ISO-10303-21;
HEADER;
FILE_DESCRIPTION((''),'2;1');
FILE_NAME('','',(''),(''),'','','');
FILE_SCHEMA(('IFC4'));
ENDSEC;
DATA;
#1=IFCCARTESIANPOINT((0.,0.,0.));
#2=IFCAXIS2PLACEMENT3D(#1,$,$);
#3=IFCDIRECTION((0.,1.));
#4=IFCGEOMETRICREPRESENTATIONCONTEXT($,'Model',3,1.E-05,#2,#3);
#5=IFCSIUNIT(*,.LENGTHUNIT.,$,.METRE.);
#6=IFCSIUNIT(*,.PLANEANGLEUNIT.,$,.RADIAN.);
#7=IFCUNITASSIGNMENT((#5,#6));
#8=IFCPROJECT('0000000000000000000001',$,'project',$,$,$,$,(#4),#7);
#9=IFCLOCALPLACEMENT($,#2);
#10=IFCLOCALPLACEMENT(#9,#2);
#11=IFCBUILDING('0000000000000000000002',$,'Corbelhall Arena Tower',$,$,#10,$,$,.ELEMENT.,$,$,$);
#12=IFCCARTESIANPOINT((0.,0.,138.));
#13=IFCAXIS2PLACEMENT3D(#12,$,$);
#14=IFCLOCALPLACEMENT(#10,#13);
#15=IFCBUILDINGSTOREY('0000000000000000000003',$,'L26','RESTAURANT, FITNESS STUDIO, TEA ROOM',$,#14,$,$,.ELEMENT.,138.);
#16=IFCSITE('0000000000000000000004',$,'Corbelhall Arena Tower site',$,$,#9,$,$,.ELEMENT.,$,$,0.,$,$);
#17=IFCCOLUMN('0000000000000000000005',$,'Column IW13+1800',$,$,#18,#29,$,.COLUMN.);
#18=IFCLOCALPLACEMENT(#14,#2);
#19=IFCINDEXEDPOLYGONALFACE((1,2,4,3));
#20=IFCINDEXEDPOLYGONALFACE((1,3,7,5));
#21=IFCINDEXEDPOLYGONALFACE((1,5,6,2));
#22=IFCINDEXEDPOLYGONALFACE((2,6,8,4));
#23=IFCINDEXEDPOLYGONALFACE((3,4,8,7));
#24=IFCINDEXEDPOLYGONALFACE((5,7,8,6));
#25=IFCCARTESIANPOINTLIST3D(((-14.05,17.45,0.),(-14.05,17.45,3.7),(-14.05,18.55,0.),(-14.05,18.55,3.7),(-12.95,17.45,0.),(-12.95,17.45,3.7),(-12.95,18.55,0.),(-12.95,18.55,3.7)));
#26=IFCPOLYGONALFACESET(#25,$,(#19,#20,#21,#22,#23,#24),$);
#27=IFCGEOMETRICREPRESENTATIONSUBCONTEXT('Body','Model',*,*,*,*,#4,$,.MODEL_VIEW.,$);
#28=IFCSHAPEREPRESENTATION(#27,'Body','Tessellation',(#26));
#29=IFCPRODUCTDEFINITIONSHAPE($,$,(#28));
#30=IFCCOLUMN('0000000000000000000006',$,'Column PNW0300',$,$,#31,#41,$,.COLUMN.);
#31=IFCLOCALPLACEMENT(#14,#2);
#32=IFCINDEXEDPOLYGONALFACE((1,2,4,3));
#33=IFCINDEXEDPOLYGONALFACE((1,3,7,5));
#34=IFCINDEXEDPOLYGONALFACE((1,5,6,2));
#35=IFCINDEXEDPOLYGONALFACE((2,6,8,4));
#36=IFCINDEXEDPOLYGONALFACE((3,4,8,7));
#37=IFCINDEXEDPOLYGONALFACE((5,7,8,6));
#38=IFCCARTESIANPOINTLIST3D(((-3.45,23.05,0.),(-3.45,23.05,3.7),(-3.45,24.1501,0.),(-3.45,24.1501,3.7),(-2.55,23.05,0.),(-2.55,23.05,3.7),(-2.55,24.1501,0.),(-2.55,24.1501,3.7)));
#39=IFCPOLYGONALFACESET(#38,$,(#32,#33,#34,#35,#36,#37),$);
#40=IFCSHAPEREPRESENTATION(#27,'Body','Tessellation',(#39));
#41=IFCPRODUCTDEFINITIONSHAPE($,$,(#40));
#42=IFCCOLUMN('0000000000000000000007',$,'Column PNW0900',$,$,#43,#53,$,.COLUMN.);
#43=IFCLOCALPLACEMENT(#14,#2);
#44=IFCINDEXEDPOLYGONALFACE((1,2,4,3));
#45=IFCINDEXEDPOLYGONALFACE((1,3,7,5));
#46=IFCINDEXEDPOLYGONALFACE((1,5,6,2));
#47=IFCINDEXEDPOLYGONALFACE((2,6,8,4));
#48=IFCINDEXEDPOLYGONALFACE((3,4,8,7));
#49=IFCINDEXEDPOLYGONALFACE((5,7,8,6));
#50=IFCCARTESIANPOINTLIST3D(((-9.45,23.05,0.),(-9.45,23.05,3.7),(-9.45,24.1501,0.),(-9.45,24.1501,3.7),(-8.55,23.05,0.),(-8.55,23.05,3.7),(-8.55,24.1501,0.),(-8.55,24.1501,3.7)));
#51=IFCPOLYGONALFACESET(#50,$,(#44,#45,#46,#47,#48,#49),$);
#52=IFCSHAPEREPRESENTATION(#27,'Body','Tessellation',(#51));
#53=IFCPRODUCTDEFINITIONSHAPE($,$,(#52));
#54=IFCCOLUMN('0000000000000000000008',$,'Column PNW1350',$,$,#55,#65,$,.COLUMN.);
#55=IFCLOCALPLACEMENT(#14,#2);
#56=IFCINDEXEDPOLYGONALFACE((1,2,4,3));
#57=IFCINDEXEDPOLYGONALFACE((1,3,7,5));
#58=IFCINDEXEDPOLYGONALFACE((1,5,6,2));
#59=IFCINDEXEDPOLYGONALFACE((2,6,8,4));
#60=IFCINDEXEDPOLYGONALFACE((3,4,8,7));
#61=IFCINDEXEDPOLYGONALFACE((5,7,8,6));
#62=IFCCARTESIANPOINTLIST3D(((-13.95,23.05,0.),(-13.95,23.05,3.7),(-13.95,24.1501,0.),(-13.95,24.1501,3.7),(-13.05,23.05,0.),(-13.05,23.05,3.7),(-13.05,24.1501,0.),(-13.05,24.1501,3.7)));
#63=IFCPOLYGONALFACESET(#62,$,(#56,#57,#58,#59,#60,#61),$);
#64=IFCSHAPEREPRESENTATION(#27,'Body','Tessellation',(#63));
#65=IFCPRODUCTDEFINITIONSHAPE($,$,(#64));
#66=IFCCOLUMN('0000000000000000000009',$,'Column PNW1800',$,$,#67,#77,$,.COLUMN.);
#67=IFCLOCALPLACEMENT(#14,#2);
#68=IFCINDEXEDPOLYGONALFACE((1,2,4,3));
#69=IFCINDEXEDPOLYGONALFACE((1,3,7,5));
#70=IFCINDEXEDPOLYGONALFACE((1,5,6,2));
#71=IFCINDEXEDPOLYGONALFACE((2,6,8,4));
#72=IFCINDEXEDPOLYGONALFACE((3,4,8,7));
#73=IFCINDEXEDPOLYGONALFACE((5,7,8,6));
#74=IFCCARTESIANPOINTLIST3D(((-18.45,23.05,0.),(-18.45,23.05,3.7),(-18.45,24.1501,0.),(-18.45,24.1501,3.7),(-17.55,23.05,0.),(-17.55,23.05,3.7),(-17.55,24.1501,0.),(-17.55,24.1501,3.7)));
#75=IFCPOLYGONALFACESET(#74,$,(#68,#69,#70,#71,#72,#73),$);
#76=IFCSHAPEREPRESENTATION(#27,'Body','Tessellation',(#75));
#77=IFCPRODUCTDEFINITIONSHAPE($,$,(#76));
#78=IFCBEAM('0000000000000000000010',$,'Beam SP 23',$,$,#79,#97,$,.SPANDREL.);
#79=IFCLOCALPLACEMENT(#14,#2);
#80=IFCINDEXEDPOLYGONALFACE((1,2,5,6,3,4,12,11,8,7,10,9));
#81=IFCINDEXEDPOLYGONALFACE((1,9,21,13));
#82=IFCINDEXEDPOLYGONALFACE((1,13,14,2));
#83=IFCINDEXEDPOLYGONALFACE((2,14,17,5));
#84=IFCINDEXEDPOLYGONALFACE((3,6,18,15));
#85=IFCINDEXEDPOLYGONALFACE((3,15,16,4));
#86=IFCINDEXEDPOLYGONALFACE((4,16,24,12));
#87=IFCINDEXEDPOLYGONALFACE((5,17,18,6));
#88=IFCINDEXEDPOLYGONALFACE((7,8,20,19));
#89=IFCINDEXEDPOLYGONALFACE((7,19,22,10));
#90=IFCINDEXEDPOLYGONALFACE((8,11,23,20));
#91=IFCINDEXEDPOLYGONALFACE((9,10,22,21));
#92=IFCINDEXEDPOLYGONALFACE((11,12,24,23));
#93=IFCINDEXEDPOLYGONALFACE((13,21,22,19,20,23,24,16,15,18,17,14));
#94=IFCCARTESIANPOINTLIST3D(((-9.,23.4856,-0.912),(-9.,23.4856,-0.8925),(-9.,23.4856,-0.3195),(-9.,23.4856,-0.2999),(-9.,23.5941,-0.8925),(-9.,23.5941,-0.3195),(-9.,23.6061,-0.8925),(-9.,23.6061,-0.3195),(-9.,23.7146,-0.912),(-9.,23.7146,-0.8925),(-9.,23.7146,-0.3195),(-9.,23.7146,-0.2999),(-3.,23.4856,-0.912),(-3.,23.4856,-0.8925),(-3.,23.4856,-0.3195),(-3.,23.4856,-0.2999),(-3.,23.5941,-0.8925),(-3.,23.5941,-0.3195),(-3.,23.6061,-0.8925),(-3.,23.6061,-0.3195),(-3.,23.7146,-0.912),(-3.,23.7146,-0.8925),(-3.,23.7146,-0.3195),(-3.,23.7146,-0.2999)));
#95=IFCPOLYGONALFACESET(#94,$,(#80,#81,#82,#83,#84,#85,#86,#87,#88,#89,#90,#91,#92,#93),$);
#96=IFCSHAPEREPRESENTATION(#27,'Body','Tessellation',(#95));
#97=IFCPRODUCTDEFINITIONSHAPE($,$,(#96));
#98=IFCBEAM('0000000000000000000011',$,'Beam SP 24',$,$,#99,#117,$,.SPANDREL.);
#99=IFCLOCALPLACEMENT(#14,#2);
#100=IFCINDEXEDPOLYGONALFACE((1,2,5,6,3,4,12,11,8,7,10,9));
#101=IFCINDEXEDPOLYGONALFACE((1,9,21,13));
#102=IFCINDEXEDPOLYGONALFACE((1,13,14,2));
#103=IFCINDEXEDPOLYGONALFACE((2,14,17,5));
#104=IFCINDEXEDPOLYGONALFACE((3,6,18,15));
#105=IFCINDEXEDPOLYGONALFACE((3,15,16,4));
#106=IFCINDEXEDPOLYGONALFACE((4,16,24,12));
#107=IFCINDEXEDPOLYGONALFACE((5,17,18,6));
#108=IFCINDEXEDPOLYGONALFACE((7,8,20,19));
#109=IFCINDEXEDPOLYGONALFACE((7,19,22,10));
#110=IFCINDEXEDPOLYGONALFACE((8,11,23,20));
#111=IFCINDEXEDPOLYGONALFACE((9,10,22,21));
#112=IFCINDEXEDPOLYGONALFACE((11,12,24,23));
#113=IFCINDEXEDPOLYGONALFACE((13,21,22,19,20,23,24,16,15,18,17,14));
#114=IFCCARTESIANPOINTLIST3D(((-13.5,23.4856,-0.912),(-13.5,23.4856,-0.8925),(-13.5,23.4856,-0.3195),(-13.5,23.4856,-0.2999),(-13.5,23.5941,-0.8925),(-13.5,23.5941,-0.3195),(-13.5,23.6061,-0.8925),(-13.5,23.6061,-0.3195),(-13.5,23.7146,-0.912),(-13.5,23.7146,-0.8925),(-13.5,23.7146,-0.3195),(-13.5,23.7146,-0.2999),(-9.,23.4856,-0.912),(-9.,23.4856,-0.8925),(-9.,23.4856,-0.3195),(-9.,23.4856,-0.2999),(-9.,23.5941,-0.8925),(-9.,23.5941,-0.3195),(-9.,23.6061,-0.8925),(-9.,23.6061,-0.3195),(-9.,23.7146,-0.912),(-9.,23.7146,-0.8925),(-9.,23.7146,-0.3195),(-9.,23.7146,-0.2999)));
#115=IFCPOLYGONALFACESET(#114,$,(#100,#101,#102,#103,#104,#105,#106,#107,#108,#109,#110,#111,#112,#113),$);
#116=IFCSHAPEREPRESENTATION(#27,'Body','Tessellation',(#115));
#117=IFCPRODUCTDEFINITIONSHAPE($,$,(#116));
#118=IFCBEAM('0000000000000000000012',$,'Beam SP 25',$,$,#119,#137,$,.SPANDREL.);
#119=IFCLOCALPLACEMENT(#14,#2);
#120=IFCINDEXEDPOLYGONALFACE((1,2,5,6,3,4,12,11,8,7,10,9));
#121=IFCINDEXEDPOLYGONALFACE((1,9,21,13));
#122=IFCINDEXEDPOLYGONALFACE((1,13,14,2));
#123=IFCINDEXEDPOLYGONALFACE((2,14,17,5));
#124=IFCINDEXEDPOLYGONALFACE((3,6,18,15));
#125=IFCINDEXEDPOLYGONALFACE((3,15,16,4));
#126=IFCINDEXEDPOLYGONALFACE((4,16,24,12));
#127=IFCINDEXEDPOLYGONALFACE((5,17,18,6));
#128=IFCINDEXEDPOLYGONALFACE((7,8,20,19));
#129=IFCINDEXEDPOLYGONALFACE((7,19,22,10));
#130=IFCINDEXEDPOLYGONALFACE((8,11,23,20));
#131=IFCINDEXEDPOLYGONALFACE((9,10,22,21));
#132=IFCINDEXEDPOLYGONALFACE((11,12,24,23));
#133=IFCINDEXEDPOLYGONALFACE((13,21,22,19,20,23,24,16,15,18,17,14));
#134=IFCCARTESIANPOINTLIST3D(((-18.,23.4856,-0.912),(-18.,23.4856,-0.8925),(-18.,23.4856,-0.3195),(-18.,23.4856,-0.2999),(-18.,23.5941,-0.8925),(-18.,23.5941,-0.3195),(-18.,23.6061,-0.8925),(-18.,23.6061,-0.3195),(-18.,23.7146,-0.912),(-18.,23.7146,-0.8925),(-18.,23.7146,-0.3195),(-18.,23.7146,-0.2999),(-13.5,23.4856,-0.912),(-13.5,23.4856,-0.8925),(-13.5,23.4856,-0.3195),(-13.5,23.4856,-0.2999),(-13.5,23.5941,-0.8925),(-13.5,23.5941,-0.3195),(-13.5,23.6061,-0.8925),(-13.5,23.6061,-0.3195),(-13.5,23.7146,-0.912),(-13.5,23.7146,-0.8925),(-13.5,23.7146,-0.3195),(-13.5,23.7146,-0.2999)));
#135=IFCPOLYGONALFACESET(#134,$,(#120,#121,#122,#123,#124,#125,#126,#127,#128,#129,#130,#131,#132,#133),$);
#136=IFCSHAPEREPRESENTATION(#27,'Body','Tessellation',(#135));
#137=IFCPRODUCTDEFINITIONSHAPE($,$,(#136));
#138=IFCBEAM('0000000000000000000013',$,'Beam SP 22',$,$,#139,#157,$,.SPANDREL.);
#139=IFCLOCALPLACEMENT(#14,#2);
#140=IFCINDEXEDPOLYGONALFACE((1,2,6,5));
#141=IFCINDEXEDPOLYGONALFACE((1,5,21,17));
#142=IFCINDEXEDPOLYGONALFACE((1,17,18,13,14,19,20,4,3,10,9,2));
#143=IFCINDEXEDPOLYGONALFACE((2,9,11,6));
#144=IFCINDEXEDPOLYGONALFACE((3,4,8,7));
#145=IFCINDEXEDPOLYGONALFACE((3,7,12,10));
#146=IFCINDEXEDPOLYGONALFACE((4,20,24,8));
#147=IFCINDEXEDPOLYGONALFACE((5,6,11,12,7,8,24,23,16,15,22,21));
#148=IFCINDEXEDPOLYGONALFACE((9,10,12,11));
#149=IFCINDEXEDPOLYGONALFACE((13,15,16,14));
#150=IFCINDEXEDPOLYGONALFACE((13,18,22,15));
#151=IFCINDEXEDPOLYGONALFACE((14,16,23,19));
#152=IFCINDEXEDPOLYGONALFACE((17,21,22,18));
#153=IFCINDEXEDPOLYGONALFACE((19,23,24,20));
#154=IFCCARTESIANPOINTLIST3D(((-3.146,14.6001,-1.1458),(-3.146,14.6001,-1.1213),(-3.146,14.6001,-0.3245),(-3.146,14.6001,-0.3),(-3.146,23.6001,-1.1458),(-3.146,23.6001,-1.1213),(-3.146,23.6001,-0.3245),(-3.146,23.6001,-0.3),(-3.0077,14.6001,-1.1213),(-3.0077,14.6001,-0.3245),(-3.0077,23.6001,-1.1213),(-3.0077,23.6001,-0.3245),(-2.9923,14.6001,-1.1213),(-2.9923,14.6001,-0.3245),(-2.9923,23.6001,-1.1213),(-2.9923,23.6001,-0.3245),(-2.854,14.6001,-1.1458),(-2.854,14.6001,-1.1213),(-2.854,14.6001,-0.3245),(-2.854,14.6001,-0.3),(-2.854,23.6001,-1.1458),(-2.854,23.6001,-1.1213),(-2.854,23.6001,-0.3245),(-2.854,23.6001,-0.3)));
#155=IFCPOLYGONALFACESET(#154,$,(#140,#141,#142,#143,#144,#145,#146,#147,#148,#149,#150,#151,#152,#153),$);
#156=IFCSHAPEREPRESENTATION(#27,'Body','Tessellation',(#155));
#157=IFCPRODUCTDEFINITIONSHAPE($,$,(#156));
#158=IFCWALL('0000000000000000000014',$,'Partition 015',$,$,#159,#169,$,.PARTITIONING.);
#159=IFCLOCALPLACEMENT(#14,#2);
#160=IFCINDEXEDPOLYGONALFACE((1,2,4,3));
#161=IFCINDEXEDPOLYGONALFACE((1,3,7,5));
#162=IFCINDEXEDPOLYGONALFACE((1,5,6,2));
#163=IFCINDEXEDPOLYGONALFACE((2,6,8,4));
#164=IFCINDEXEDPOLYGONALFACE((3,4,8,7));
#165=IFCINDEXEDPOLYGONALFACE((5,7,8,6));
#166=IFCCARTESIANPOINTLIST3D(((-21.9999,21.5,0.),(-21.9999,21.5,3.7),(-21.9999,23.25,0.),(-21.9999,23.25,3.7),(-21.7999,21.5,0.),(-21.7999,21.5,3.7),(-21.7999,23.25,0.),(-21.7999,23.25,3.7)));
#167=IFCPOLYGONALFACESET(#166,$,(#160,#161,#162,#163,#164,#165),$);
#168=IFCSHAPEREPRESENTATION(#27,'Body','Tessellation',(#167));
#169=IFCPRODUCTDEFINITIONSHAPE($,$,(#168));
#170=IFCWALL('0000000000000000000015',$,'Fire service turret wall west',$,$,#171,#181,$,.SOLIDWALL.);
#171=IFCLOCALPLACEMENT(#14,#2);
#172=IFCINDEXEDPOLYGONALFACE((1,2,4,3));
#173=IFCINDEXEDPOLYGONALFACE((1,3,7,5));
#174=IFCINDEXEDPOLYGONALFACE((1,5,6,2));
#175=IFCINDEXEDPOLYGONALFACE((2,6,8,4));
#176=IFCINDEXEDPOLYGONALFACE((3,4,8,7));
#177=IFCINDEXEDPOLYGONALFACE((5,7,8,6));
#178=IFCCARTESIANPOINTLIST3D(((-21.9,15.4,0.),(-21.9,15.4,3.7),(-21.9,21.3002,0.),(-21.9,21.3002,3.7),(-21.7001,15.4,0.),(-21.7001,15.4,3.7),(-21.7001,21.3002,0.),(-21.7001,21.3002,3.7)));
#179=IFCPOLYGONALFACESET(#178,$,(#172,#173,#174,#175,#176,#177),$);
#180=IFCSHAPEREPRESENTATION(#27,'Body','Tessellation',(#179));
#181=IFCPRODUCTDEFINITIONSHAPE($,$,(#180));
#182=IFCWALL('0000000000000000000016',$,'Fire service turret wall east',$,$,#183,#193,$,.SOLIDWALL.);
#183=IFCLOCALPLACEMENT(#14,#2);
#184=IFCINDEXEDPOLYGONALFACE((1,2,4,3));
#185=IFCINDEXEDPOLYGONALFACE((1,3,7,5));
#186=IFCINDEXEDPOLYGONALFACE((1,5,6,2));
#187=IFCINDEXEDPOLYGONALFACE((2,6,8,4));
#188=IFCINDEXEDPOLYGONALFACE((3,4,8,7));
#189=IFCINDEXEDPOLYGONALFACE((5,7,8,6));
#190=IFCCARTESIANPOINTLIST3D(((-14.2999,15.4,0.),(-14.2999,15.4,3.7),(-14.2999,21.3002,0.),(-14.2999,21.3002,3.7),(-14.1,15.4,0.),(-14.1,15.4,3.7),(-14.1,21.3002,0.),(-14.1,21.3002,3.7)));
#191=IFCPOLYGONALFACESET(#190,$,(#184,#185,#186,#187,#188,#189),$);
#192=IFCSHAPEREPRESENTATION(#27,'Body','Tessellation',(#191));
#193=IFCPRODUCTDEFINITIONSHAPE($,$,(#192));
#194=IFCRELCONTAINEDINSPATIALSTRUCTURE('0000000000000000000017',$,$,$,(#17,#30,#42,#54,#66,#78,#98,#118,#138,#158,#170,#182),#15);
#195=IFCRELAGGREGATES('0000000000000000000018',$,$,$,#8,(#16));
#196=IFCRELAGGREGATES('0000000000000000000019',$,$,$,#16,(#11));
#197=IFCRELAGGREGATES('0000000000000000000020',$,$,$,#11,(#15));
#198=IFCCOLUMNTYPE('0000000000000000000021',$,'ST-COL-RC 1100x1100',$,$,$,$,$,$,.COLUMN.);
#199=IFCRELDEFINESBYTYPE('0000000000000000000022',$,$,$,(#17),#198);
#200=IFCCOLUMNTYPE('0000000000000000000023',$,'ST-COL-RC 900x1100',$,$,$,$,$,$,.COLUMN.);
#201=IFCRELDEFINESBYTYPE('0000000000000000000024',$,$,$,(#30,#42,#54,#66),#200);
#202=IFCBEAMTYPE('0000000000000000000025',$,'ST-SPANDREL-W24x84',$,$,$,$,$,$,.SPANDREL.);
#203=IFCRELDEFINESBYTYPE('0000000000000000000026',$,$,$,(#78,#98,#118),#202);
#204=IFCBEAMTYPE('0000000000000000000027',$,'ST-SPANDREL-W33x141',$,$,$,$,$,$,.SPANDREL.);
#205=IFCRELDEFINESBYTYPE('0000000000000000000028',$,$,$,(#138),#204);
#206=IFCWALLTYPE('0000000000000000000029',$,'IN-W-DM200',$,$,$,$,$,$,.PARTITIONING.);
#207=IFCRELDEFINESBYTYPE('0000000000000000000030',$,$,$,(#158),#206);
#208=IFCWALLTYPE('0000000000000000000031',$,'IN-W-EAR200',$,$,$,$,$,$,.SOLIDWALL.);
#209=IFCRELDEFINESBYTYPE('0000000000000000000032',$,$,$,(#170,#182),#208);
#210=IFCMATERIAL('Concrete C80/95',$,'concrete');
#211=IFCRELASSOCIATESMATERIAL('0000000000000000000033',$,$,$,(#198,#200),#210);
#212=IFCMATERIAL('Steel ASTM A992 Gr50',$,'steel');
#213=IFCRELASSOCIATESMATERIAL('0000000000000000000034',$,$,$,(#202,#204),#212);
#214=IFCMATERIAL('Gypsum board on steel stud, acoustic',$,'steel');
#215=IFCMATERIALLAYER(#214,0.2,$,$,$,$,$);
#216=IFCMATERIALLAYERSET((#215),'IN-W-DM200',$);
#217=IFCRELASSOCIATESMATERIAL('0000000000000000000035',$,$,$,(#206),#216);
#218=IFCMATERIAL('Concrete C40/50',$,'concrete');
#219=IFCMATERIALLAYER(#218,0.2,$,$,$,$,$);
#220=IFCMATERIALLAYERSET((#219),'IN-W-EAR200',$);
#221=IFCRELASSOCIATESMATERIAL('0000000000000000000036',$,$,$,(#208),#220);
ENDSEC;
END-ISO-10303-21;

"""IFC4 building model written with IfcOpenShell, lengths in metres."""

from ifc_helpers import new_model, si_unit, direction, frame, frame_2d, origin, origin_2d, place, context, subcontext, project, spatial, rectangle, i_section, extrude, material, layer, layer_set, material_profile, profile_set, type_object, element, save


model = new_model("IFC4")

# Units and contexts
model_context = context("Model", 3, precision=1e-05, world=origin(), true_north=direction((0.0, 1.0)))
body_context = subcontext(model_context, "Body", "Model", "MODEL_VIEW")
ifc_project = project(units=[si_unit("LENGTHUNIT", "METRE"), si_unit("PLANEANGLEUNIT", "RADIAN")], contexts=[model_context])

# Site, building, storey
site_placement = place(None, origin())
site = spatial("IfcSite", under=ifc_project, at=site_placement, Name="Corbelhall Arena Tower site", CompositionType="ELEMENT", RefElevation=0.0)
building_placement = place(site_placement, origin())
building = spatial("IfcBuilding", under=site, at=building_placement, Name="Corbelhall Arena Tower", CompositionType="ELEMENT")
storey_placement = place(building_placement, frame((0.0, 0.0, 138.0)))
storey = spatial("IfcBuildingStorey", under=building, at=storey_placement, Name="L26", Description="RESTAURANT, FITNESS STUDIO, TEA ROOM", CompositionType="ELEMENT", Elevation=138.0)

# Columns
ifc_material_1 = material(Name="Concrete C80/95", Category="concrete")
ifc_material_profile_1 = material_profile(ifc_material_1, rectangle(XDim=1.1001, YDim=1.1001, at=origin_2d()))
ifc_profile_set_1 = profile_set([ifc_material_profile_1], Name="Concrete C80/95")
column_type_1 = type_object("IfcColumnType", Name="ST-COL-RC 1100x1100", PredefinedType="COLUMN", material=ifc_profile_set_1)
column_placement = place(storey_placement, frame((-13.5, 18.0, 0.0), z_axis=(0.0, 0.0, 1.0), x_axis=(1.0, 0.0, 0.0)))
element("IfcColumn", 1, at=column_placement, inside=storey, type_object=column_type_1, Name="Column IW13+1800", PredefinedType="COLUMN", context=body_context, shape_type="SweptSolid", body=[
    extrude(rectangle(XDim=1.1001, YDim=1.1001, at=origin_2d()), origin(), (0.0, 0.0, 1.0), 3.7),
])
ifc_material_profile_2 = material_profile(ifc_material_1, rectangle(XDim=0.8999, YDim=1.1001, at=origin_2d()))
ifc_profile_set_2 = profile_set([ifc_material_profile_2], Name="Concrete C80/95")
column_type_2 = type_object("IfcColumnType", Name="ST-COL-RC 900x1100", PredefinedType="COLUMN", material=ifc_profile_set_2)
for number, where, z_axis, x_axis, name in (
    (2, (-3.0, 23.6001, 0.0), (0.0, 0.0, 1.0), (1.0, 0.0, 0.0), "Column PNW0300"),
    (3, (-9.0, 23.6001, 0.0), (0.0, 0.0, 1.0), (1.0, 0.0, 0.0), "Column PNW0900"),
    (4, (-13.5, 23.6001, 0.0), (0.0, 0.0, 1.0), (1.0, 0.0, 0.0), "Column PNW1350"),
    (5, (-18.0, 23.6001, 0.0), (0.0, 0.0, 1.0), (1.0, 0.0, 0.0), "Column PNW1800"),
):
    element("IfcColumn", number, at=place(storey_placement, frame(where, z_axis=z_axis, x_axis=x_axis)), inside=storey, type_object=column_type_2, Name=name, PredefinedType="COLUMN", context=body_context, shape_type="SweptSolid", body=[
        extrude(rectangle(XDim=0.8999, YDim=1.1001, at=origin_2d()), origin(), (0.0, 0.0, 1.0), 3.7),
    ])

# Beams
ifc_material_2 = material(Name="Steel ASTM A992 Gr50", Category="steel")
ifc_material_profile_3 = material_profile(ifc_material_2, i_section(OverallWidth=0.229, OverallDepth=0.6121, WebThickness=0.012, FlangeThickness=0.0195, at=origin_2d()))
ifc_profile_set_3 = profile_set([ifc_material_profile_3], Name="Steel ASTM A992 Gr50")
beam_type_1 = type_object("IfcBeamType", Name="ST-SPANDREL-W24x84", PredefinedType="SPANDREL", material=ifc_profile_set_3)
beam_1_placement = place(storey_placement, frame((-9.0, 23.6001, -0.606), z_axis=(1.0, 0.0, 0.0), x_axis=(0.0, 1.0, 0.0)))
element("IfcBeam", 6, at=beam_1_placement, inside=storey, type_object=beam_type_1, Name="Beam SP 23", PredefinedType="SPANDREL", context=body_context, shape_type="SweptSolid", body=[
    extrude(i_section(OverallWidth=0.229, OverallDepth=0.6121, WebThickness=0.012, FlangeThickness=0.0195, at=origin_2d()), origin(), (0.0, 0.0, 1.0), 6.0),
])
for number, where, z_axis, x_axis, name in (
    (7, (-13.5, 23.6001, -0.606), (1.0, 0.0, 0.0), (0.0, 1.0, 0.0), "Beam SP 24"),
    (8, (-18.0, 23.6001, -0.606), (1.0, 0.0, 0.0), (0.0, 1.0, 0.0), "Beam SP 25"),
):
    element("IfcBeam", number, at=place(storey_placement, frame(where, z_axis=z_axis, x_axis=x_axis)), inside=storey, type_object=beam_type_1, Name=name, PredefinedType="SPANDREL", context=body_context, shape_type="SweptSolid", body=[
        extrude(i_section(OverallWidth=0.229, OverallDepth=0.6121, WebThickness=0.012, FlangeThickness=0.0195, at=origin_2d()), origin(), (0.0, 0.0, 1.0), 4.5),
    ])
ifc_material_profile_4 = material_profile(ifc_material_2, i_section(OverallWidth=0.292, OverallDepth=0.8457, WebThickness=0.0154, FlangeThickness=0.0244, at=origin_2d()))
ifc_profile_set_4 = profile_set([ifc_material_profile_4], Name="Steel ASTM A992 Gr50")
beam_type_2 = type_object("IfcBeamType", Name="ST-SPANDREL-W33x141", PredefinedType="SPANDREL", material=ifc_profile_set_4)
beam_2_placement = place(storey_placement, frame((-3.0, 23.6001, -0.7229), z_axis=(0.0, -1.0, 0.0), x_axis=(1.0, 0.0, 0.0)))
element("IfcBeam", 9, at=beam_2_placement, inside=storey, type_object=beam_type_2, Name="Beam SP 22", PredefinedType="SPANDREL", context=body_context, shape_type="SweptSolid", body=[
    extrude(i_section(OverallWidth=0.292, OverallDepth=0.8457, WebThickness=0.0154, FlangeThickness=0.0244, at=origin_2d()), origin(), (0.0, 0.0, 1.0), 9.0),
])

# Wall
ifc_material_3 = material(Name="Gypsum board on steel stud, acoustic", Category="steel")
ifc_layer_1 = layer(ifc_material_3, 0.2)
ifc_layer_set_1 = layer_set([ifc_layer_1], Name="IN-W-DM200")
wall_type_1 = type_object("IfcWallType", Name="IN-W-DM200", PredefinedType="PARTITIONING", material=ifc_layer_set_1)
wall_1_placement = place(storey_placement, frame((-21.8999, 21.5, 0.0), z_axis=(0.0, 0.0, 1.0), x_axis=(0.0, 1.0, 0.0)))
element("IfcWall", 10, at=wall_1_placement, inside=storey, type_object=wall_type_1, Name="Partition 015", PredefinedType="PARTITIONING", context=body_context, shape_type="SweptSolid", body=[
    extrude(rectangle(XDim=1.75, YDim=0.2, at=frame_2d((0.875, 0.0))), origin(), (0.0, 0.0, 1.0), 3.7),
])

# Walls
ifc_material_4 = material(Name="Concrete C40/50", Category="concrete")
ifc_layer_2 = layer(ifc_material_4, 0.2)
ifc_layer_set_2 = layer_set([ifc_layer_2], Name="IN-W-EAR200")
wall_type_2 = type_object("IfcWallType", Name="IN-W-EAR200", PredefinedType="SOLIDWALL", material=ifc_layer_set_2)
for number, where, z_axis, x_axis, name in (
    (11, (-21.8, 15.3999, 0.0), (0.0, 0.0, 1.0), (0.0, 1.0, 0.0), "Fire service turret wall west"),
    (12, (-14.2, 15.3999, 0.0), (0.0, 0.0, 1.0), (0.0, 1.0, 0.0), "Fire service turret wall east"),
):
    element("IfcWall", number, at=place(storey_placement, frame(where, z_axis=z_axis, x_axis=x_axis)), inside=storey, type_object=wall_type_2, Name=name, PredefinedType="SOLIDWALL", context=body_context, shape_type="SweptSolid", body=[
        extrude(rectangle(XDim=5.9001, YDim=0.2, at=frame_2d((2.9502, 0.0))), origin(), (0.0, 0.0, 1.0), 3.7),
    ])

save(model, "model.ifc")
